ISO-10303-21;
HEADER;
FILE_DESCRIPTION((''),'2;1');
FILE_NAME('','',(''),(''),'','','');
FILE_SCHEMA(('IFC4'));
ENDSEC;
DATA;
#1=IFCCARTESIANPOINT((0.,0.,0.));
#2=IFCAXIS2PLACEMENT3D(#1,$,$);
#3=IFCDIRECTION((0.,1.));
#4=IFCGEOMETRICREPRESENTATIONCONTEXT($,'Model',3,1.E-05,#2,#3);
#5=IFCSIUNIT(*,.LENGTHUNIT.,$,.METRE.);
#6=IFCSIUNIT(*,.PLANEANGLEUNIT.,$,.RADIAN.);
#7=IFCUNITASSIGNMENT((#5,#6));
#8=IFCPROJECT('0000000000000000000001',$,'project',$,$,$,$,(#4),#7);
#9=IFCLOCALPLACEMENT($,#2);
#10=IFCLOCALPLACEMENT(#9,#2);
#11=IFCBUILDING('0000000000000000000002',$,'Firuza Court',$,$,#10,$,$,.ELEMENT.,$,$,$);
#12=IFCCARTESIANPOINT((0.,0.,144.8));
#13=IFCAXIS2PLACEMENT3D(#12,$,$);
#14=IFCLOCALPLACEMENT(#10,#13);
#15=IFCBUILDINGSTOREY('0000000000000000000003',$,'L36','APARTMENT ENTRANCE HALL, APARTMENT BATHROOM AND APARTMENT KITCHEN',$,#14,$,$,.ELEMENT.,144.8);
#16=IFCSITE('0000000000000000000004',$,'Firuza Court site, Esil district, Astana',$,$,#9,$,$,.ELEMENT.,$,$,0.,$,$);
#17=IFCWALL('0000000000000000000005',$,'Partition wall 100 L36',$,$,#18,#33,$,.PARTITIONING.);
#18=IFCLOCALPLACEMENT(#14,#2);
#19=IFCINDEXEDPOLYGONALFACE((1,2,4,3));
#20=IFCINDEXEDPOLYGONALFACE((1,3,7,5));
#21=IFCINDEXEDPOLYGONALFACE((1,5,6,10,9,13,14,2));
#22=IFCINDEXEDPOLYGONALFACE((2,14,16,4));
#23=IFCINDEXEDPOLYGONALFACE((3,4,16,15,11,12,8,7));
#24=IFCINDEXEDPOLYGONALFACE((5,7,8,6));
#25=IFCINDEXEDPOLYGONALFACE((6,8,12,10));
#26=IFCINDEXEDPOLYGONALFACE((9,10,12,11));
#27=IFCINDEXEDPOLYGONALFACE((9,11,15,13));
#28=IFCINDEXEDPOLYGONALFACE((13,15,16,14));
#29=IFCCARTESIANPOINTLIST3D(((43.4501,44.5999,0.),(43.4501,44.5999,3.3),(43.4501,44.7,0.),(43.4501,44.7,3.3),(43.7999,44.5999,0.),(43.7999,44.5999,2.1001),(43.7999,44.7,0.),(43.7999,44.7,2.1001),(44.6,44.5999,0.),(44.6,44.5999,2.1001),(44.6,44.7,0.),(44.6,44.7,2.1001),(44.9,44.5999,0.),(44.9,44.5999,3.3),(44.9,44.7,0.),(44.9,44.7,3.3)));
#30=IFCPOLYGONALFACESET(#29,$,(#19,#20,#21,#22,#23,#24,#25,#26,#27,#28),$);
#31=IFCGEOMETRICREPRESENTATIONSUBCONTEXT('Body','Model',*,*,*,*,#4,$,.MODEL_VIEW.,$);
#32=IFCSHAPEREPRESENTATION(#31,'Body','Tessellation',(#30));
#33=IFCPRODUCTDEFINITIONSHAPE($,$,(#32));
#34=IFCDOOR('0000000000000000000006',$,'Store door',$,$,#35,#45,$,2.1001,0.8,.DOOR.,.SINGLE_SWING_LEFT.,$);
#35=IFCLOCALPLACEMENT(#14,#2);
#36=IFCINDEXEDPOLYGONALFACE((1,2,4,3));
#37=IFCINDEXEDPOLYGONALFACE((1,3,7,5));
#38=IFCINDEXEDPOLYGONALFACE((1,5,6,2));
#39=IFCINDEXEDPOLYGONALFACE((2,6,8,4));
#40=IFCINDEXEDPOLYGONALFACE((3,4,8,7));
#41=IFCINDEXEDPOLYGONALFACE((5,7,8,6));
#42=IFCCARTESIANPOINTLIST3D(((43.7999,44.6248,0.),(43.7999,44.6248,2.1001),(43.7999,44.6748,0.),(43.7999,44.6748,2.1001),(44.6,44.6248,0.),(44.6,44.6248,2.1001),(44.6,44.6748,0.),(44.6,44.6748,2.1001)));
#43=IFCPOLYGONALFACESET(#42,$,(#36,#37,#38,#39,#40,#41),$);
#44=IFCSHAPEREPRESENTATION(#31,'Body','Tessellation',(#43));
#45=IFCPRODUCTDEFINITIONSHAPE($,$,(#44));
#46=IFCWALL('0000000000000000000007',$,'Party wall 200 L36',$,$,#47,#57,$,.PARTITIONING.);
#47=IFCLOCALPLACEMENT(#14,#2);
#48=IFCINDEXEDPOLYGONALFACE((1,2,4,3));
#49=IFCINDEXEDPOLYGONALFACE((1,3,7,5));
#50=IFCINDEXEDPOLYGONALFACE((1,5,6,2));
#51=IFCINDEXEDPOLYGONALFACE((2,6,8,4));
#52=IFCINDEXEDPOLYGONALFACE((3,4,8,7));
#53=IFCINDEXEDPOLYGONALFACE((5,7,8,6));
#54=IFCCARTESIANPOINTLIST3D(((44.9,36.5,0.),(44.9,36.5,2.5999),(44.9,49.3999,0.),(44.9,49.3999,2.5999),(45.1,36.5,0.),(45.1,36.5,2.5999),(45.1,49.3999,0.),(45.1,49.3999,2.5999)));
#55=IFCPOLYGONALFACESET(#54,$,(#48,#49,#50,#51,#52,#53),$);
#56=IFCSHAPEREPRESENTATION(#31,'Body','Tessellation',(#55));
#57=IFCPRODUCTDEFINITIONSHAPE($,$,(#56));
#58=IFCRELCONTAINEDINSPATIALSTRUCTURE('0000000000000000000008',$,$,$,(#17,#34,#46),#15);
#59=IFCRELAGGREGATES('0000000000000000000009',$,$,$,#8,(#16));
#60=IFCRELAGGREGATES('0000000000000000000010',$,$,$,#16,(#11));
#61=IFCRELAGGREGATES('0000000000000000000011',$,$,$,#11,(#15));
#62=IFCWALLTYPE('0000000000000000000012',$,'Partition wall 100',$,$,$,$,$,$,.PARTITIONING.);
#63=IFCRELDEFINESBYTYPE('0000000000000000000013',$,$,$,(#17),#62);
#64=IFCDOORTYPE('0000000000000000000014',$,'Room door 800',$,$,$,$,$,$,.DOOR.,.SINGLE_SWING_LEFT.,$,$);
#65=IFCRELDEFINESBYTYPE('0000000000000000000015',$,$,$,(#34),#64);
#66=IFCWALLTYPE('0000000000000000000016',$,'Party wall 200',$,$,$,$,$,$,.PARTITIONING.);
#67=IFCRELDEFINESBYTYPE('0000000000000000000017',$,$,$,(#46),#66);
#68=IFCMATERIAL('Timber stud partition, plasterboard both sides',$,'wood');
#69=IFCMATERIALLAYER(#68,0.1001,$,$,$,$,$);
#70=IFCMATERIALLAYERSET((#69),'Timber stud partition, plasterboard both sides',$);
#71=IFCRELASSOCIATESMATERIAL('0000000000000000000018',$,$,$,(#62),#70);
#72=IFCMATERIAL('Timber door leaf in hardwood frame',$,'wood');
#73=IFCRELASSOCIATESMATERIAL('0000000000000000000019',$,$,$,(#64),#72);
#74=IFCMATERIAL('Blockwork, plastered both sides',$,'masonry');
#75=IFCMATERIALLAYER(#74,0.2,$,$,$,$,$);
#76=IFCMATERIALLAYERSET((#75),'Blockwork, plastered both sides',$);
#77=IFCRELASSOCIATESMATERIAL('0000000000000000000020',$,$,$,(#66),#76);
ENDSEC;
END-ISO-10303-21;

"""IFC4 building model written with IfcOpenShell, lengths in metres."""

from ifc_helpers import new_model, si_unit, direction, frame, frame_2d, origin, place, context, subcontext, project, spatial, rectangle, extrude, material, layer, layer_set, type_object, element, fill, save


model = new_model("IFC4")

# Units and contexts
model_context = context("Model", 3, precision=1e-05, world=origin(), true_north=direction((0.0, 1.0)))
body_context = subcontext(model_context, "Body", "Model", "MODEL_VIEW")
ifc_project = project(units=[si_unit("LENGTHUNIT", "METRE"), si_unit("PLANEANGLEUNIT", "RADIAN")], contexts=[model_context])

# Site, building, storey
site_placement = place(None, origin())
site = spatial("IfcSite", under=ifc_project, at=site_placement, Name="Firuza Court site, Esil district, Astana", CompositionType="ELEMENT", RefElevation=0.0)
building_placement = place(site_placement, origin())
building = spatial("IfcBuilding", under=site, at=building_placement, Name="Firuza Court", CompositionType="ELEMENT")
storey_placement = place(building_placement, frame((0.0, 0.0, 144.8)))
storey = spatial("IfcBuildingStorey", under=building, at=storey_placement, Name="L36", Description="APARTMENT ENTRANCE HALL, APARTMENT BATHROOM AND APARTMENT KITCHEN", CompositionType="ELEMENT", Elevation=144.8)

# Shared definitions
ifc_material_1 = material(Name="Blockwork, plastered both sides", Category="masonry")

# Shared definitions
ifc_material_2 = material(Name="Timber stud partition, plasterboard both sides", Category="wood")
ifc_layer_1 = layer(ifc_material_2, 0.1001)
ifc_layer_set_1 = layer_set([ifc_layer_1], Name="Timber stud partition, plasterboard both sides")
wall_type_1 = type_object("IfcWallType", Name="Partition wall 100", PredefinedType="PARTITIONING", material=ifc_layer_set_1)

# Wall, opening, door
wall_1_placement = place(storey_placement, frame((43.45, 44.6499, 0.0), z_axis=(0.0, 0.0, 1.0), x_axis=(1.0, 0.0, 0.0)))
wall_1 = element("IfcWall", 1, at=wall_1_placement, inside=storey, type_object=wall_type_1, Name="Partition wall 100 L36", PredefinedType="PARTITIONING", context=body_context, shape_type="SweptSolid", body=[
    extrude(rectangle(XDim=1.45, YDim=0.1001, at=frame_2d((0.7251, 0.0))), origin(), (0.0, 0.0, 1.0), 3.3),
])
opening_1_placement = place(wall_1_placement, frame((0.3501, 0.0, 0.0)))
opening_1 = element("IfcOpeningElement", 2, at=opening_1_placement, cuts=wall_1, PredefinedType="OPENING", context=body_context, shape_type="SweptSolid", body=[
    extrude(rectangle(XDim=0.8, YDim=2.1001, at=frame_2d((0.3999, 1.05))), frame((0.0, 0.062, 0.0), z_axis=(0.0, -1.0, 0.0), x_axis=(1.0, 0.0, 0.0)), (0.0, 0.0, 1.0), 0.124),
])
ifc_material_3 = material(Name="Timber door leaf in hardwood frame", Category="wood")
door_type_1 = type_object("IfcDoorType", Name="Room door 800", OperationType="SINGLE_SWING_LEFT", PredefinedType="DOOR", material=ifc_material_3)
door_1_placement = place(opening_1_placement, origin())
door_1 = element("IfcDoor", 3, at=door_1_placement, inside=storey, type_object=door_type_1, Name="Store door", OperationType="SINGLE_SWING_LEFT", OverallHeight=2.1001, OverallWidth=0.8, PredefinedType="DOOR", context=body_context, shape_type="SweptSolid", body=[
    extrude(rectangle(XDim=0.8, YDim=2.1001, at=frame_2d((0.3999, 1.05))), frame((0.0, 0.0249, 0.0), z_axis=(0.0, -1.0, 0.0), x_axis=(1.0, 0.0, 0.0)), (0.0, 0.0, 1.0), 0.05),
])
fill(opening_1, door_1)

# Wall
ifc_layer_2 = layer(ifc_material_1, 0.2)
ifc_layer_set_2 = layer_set([ifc_layer_2], Name="Blockwork, plastered both sides")
wall_type_2 = type_object("IfcWallType", Name="Party wall 200", PredefinedType="PARTITIONING", material=ifc_layer_set_2)
wall_2_placement = place(storey_placement, frame((45.0, 36.5, 0.0), z_axis=(0.0, 0.0, 1.0), x_axis=(0.0, 1.0, 0.0)))
element("IfcWall", 4, at=wall_2_placement, inside=storey, type_object=wall_type_2, Name="Party wall 200 L36", PredefinedType="PARTITIONING", context=body_context, shape_type="SweptSolid", body=[
    extrude(rectangle(XDim=12.8999, YDim=0.2, at=frame_2d((6.45, 0.0))), origin(), (0.0, 0.0, 1.0), 2.5999),
])

save(model, "model.ifc")
